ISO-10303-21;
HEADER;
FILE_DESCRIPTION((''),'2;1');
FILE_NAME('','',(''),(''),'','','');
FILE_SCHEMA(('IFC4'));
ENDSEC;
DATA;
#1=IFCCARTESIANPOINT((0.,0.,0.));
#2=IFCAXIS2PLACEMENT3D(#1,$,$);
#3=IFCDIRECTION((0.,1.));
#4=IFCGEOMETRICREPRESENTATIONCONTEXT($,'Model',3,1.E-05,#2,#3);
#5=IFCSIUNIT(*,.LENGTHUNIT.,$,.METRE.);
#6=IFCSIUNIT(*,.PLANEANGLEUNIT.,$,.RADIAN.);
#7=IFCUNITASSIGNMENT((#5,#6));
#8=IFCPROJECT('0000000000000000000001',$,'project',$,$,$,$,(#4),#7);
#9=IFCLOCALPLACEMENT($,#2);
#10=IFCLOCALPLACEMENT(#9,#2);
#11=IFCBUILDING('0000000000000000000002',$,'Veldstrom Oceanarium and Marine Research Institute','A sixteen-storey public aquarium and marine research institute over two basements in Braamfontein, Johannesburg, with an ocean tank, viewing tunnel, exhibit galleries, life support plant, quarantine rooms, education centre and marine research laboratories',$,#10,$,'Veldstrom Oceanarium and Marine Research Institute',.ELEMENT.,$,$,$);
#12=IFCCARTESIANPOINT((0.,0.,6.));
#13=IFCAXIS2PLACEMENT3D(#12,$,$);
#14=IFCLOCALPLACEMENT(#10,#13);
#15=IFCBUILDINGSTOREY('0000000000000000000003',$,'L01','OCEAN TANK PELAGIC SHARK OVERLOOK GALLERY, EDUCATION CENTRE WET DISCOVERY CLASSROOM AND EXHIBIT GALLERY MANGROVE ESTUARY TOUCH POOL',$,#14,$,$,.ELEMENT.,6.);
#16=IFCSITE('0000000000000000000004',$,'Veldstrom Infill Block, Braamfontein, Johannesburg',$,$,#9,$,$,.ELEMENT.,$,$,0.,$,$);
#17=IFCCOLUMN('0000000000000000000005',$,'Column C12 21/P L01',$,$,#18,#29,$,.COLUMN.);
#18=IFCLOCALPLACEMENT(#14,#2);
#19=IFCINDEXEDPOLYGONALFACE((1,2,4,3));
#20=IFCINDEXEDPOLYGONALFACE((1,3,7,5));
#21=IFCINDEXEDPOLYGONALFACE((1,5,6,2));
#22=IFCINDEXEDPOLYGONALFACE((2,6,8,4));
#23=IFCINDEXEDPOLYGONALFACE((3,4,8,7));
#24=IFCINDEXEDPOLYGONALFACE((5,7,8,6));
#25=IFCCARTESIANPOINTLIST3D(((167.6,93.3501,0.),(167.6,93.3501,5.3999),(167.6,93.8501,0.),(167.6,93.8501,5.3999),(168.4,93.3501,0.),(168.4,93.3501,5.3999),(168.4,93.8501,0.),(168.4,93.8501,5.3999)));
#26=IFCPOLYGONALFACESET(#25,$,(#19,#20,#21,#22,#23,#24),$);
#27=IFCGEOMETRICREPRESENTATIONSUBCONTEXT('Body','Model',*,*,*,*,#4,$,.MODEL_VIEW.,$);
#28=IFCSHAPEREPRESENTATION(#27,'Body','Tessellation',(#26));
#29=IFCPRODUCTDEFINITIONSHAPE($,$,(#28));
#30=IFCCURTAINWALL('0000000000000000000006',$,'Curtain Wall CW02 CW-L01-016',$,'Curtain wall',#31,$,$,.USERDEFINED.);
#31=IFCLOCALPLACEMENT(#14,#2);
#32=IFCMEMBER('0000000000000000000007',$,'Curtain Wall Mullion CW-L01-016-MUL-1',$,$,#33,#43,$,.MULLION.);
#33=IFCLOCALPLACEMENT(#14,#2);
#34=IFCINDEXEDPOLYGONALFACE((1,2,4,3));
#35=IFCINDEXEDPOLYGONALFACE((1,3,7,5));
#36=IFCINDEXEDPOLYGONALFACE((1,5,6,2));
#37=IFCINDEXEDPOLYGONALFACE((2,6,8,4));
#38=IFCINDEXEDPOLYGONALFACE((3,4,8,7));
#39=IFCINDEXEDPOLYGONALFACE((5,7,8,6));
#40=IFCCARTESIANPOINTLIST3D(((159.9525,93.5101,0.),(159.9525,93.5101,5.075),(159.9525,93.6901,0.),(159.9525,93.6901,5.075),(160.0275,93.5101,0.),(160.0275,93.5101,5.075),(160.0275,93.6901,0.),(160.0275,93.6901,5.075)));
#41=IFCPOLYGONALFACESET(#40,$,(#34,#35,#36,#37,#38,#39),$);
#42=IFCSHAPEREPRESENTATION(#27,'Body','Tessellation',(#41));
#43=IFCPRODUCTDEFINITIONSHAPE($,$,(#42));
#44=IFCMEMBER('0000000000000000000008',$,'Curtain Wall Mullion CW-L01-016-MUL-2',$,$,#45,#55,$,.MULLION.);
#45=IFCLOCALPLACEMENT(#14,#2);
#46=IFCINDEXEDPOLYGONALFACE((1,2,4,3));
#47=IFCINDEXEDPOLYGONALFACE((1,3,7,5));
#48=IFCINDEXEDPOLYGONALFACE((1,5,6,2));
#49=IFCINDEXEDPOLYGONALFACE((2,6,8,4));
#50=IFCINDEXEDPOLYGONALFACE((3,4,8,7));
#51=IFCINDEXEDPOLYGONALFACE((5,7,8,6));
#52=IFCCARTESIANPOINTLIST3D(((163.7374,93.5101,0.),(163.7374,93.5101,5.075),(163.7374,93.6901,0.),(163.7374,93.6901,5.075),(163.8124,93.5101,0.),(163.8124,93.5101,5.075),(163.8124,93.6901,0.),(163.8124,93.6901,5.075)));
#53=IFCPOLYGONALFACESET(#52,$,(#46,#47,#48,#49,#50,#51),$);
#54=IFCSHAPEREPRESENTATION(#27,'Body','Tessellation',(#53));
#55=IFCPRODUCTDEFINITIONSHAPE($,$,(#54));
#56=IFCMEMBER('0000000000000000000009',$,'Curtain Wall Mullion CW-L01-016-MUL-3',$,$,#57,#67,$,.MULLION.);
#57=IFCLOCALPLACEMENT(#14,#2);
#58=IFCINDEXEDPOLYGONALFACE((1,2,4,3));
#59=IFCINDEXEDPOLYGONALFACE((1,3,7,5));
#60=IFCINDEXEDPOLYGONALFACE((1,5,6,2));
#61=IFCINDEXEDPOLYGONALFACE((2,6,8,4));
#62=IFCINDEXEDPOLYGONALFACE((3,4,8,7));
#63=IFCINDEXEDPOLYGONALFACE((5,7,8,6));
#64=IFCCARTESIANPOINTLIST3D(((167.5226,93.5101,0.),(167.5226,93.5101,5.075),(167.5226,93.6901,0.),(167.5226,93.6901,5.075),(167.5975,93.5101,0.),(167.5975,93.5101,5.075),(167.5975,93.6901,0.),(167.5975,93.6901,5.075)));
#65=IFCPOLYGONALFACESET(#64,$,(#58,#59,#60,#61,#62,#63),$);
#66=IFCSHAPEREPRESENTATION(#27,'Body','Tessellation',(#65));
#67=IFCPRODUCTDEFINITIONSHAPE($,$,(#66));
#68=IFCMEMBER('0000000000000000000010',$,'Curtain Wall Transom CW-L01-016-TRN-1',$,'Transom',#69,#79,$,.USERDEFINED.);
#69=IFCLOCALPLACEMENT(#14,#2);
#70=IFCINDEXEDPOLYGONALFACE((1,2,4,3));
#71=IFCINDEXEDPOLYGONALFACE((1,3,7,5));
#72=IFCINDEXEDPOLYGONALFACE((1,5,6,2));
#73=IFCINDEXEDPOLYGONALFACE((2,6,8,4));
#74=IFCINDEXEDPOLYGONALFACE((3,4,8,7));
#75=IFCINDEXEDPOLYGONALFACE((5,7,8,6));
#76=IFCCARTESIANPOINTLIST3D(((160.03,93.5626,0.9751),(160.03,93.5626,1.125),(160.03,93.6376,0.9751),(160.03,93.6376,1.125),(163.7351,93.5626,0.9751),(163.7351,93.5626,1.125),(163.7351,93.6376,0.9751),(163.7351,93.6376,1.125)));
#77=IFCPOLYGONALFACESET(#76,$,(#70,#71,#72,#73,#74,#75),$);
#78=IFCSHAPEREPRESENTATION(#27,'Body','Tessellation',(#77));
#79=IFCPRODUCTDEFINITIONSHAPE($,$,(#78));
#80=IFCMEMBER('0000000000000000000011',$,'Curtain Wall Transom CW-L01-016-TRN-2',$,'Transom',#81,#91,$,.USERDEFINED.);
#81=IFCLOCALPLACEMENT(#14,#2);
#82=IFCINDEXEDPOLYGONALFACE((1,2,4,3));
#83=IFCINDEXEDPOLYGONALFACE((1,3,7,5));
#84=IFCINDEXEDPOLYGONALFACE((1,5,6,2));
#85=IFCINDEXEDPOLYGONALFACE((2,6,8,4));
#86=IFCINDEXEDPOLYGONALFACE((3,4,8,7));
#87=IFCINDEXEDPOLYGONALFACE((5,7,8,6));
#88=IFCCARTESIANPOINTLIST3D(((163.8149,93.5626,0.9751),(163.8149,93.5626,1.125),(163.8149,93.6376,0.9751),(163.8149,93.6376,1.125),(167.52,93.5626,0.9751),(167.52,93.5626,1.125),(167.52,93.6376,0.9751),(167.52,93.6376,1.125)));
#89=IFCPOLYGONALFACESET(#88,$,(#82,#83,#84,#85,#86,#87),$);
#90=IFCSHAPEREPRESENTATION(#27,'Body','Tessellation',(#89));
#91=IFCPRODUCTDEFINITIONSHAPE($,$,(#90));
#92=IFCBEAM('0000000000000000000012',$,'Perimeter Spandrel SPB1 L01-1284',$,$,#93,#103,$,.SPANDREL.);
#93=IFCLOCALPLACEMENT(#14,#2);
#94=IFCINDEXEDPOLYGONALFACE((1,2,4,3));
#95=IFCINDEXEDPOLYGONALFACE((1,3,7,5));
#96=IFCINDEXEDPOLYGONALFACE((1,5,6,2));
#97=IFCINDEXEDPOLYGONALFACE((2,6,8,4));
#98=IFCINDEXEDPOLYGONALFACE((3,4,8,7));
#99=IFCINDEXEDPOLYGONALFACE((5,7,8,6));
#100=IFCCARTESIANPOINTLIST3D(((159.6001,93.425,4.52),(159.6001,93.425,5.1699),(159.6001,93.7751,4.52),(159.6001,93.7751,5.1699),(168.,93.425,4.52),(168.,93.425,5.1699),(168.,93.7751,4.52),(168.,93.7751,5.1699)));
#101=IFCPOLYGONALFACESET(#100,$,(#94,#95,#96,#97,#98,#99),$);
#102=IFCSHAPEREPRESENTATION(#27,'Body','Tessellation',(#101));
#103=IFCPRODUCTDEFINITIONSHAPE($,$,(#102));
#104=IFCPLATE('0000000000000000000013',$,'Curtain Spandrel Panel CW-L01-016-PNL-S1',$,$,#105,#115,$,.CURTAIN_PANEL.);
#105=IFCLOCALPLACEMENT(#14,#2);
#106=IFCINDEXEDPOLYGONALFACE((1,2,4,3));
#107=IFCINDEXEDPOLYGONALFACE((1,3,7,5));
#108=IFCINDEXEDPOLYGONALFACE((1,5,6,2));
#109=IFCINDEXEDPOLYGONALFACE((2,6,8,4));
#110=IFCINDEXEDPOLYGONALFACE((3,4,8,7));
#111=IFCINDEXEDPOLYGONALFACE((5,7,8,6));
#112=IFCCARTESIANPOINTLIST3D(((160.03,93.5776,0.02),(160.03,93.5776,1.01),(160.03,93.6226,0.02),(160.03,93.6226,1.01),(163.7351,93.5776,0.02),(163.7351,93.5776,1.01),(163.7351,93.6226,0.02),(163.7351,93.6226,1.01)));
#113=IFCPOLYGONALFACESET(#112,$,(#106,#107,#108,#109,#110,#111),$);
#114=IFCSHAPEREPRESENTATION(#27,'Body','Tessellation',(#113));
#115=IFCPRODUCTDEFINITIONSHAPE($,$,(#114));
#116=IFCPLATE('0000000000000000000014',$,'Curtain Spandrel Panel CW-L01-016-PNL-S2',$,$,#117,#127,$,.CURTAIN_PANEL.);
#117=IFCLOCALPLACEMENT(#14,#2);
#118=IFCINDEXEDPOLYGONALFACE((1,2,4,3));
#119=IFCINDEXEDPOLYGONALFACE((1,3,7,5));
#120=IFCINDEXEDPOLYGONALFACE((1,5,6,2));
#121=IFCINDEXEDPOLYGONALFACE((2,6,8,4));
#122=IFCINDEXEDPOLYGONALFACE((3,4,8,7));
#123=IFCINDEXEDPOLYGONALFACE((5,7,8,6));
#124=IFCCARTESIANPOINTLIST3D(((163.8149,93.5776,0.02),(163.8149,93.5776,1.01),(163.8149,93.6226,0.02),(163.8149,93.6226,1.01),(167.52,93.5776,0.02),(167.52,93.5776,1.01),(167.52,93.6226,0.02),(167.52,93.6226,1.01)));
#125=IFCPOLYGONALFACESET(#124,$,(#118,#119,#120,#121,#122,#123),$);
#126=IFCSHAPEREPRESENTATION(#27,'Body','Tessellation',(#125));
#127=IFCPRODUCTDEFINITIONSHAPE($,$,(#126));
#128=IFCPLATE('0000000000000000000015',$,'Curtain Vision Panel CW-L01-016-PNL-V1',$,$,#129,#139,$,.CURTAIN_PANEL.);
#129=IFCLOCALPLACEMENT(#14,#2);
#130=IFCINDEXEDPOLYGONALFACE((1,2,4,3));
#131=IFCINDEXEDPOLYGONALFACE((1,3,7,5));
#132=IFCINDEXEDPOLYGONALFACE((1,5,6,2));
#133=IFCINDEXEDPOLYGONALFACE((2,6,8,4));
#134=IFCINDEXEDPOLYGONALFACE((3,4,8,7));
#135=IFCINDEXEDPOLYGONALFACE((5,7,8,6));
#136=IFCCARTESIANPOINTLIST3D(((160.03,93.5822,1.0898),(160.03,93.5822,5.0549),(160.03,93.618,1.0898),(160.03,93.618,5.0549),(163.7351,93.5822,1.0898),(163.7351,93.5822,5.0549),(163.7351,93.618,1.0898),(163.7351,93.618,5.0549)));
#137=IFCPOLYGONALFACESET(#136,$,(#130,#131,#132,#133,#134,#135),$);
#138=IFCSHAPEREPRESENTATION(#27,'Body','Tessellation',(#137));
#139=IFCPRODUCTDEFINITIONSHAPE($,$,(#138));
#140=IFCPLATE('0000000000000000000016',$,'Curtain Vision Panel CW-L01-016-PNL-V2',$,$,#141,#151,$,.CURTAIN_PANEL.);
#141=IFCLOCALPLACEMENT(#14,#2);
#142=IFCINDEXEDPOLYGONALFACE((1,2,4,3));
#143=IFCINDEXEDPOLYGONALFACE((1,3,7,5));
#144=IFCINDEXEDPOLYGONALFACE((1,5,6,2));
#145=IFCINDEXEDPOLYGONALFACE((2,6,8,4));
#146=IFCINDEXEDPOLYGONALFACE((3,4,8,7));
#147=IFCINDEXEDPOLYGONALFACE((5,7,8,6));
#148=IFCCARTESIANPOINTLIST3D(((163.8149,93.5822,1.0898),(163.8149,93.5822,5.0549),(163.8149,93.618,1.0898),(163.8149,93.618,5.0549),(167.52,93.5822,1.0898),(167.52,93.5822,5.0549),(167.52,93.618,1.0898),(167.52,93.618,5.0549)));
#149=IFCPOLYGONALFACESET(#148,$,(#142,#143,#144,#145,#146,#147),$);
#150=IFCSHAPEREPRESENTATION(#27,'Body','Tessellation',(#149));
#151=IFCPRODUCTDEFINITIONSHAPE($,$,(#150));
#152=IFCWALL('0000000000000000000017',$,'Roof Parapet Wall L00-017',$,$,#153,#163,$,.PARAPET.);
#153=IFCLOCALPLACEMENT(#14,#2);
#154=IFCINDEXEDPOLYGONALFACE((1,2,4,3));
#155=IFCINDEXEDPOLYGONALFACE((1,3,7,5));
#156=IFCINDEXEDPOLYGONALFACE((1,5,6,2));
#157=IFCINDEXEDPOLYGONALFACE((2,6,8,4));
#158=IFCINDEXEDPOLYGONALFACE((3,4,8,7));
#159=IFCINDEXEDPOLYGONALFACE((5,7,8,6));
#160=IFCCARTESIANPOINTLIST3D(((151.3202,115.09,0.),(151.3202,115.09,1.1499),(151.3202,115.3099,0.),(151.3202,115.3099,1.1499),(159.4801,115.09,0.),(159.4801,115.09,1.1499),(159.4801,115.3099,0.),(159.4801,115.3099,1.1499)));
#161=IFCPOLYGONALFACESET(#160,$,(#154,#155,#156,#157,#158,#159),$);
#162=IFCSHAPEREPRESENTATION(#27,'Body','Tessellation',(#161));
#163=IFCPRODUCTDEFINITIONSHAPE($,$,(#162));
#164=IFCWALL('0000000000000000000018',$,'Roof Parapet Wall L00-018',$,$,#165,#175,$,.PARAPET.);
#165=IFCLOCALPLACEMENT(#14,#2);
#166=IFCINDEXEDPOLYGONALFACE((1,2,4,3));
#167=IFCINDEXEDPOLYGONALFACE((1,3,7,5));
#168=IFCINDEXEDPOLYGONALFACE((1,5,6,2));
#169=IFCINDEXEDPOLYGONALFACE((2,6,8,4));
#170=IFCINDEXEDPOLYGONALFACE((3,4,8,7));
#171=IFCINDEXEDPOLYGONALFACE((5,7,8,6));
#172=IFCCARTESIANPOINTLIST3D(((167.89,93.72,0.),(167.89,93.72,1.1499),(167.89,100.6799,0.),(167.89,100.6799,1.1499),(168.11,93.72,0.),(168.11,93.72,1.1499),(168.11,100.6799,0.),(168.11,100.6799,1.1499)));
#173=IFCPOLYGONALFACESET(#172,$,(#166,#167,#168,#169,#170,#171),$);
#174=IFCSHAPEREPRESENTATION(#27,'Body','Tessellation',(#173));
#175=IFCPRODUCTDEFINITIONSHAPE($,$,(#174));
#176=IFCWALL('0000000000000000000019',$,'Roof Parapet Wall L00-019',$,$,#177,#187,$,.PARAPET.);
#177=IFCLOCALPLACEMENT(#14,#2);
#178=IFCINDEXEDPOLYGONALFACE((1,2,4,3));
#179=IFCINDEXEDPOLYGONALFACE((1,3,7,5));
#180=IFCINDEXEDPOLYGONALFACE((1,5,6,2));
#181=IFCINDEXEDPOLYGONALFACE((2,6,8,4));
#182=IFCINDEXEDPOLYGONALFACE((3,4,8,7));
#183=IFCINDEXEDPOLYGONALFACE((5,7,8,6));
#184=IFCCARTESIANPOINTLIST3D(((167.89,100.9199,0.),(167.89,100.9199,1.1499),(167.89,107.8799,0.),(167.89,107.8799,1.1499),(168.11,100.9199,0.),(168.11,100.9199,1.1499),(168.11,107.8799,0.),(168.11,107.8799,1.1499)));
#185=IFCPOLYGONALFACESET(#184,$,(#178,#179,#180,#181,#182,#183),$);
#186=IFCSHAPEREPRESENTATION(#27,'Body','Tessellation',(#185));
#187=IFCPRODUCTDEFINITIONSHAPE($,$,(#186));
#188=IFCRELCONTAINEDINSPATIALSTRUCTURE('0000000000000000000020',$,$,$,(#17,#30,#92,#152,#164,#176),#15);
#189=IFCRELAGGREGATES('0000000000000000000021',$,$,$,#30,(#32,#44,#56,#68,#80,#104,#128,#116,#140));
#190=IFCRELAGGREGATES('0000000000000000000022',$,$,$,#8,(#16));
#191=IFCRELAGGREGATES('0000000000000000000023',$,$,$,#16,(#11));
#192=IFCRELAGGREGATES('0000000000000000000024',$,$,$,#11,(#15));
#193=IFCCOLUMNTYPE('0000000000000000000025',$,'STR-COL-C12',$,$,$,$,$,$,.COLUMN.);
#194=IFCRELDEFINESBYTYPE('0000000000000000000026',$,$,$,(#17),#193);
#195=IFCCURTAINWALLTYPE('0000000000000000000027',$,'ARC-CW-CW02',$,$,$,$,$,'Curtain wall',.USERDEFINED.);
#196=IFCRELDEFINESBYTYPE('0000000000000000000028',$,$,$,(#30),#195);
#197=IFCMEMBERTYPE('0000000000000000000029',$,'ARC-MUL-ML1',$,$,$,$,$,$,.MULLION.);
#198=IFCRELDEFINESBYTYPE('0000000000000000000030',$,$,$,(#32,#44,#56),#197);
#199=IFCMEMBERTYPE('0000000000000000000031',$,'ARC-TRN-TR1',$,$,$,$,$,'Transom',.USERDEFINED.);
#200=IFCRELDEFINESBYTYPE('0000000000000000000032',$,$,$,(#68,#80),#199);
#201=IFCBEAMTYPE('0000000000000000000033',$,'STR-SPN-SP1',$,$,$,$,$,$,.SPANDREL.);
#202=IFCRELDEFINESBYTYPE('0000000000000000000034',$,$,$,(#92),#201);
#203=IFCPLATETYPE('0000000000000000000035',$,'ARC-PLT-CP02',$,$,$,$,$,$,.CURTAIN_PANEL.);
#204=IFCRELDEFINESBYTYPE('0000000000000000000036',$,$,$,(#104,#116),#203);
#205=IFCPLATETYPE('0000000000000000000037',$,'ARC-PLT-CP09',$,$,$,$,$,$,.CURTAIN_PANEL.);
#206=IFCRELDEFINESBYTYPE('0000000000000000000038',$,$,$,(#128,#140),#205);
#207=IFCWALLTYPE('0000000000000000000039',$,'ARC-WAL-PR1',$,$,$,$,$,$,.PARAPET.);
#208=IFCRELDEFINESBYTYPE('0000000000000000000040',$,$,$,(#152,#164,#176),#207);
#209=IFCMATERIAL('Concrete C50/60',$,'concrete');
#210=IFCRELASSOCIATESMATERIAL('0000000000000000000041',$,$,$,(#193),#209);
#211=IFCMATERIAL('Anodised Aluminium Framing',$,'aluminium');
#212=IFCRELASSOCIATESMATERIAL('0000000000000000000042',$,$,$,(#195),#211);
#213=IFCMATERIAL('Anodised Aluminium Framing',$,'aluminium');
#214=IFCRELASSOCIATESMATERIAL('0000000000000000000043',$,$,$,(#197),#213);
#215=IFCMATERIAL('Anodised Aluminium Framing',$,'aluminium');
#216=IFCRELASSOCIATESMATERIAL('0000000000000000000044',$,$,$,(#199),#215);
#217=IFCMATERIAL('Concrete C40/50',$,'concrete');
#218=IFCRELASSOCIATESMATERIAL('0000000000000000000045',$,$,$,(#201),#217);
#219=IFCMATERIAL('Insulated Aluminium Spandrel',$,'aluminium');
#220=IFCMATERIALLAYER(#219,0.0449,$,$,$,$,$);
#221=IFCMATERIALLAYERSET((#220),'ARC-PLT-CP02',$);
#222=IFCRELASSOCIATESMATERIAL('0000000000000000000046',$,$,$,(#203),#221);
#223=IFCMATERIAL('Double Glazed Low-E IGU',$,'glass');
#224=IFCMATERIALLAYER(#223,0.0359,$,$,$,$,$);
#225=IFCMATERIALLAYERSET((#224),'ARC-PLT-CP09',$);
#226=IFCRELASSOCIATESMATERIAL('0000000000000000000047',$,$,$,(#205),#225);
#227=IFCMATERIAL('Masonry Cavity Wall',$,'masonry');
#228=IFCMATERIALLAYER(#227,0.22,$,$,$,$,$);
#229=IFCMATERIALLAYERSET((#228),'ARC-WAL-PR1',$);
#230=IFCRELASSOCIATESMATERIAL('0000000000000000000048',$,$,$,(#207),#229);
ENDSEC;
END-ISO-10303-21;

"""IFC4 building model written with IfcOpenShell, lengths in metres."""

from ifc_helpers import new_model, si_unit, direction, frame, frame_2d, origin, origin_2d, place, context, subcontext, project, spatial, rectangle, extrude, material, layer, layer_set, material_profile, profile_set, type_object, element, aggregate, save


model = new_model("IFC4")

# Units and contexts
model_context = context("Model", 3, precision=1e-05, world=origin(), true_north=direction((0.0, 1.0)))
body_context = subcontext(model_context, "Body", "Model", "MODEL_VIEW")
ifc_project = project(units=[si_unit("LENGTHUNIT", "METRE"), si_unit("PLANEANGLEUNIT", "RADIAN")], contexts=[model_context])

# Site, building, storey
site_placement = place(None, origin())
site = spatial("IfcSite", under=ifc_project, at=site_placement, Name="Veldstrom Infill Block, Braamfontein, Johannesburg", CompositionType="ELEMENT", RefElevation=0.0)
building_placement = place(site_placement, origin())
building = spatial("IfcBuilding", under=site, at=building_placement, Name="Veldstrom Oceanarium and Marine Research Institute", Description="A sixteen-storey public aquarium and marine research institute over two basements in Braamfontein, Johannesburg, with an ocean tank, viewing tunnel, exhibit galleries, life support plant, quarantine rooms, education centre and marine research laboratories", LongName="Veldstrom Oceanarium and Marine Research Institute", CompositionType="ELEMENT")
storey_placement = place(building_placement, frame((0.0, 0.0, 6.0)))
storey = spatial("IfcBuildingStorey", under=building, at=storey_placement, Name="L01", Description="OCEAN TANK PELAGIC SHARK OVERLOOK GALLERY, EDUCATION CENTRE WET DISCOVERY CLASSROOM AND EXHIBIT GALLERY MANGROVE ESTUARY TOUCH POOL", CompositionType="ELEMENT", Elevation=6.0)

# Column
ifc_material_1 = material(Name="Concrete C50/60", Category="concrete")
ifc_material_profile_1 = material_profile(ifc_material_1, rectangle(XDim=0.5, YDim=0.8, at=origin_2d()), Name="RC-COL-800x500")
ifc_profile_set_1 = profile_set([ifc_material_profile_1], Name="Concrete C50/60")
column_type = type_object("IfcColumnType", Name="STR-COL-C12", PredefinedType="COLUMN", material=ifc_profile_set_1)
column_placement = place(storey_placement, frame((168.0, 93.6001, 0.0), z_axis=(0.0, 0.0, 1.0), x_axis=(0.0, 1.0, 0.0)))
element("IfcColumn", 1, at=column_placement, inside=storey, type_object=column_type, Name="Column C12 21/P L01", PredefinedType="COLUMN", context=body_context, shape_type="SweptSolid", body=[
    extrude(rectangle(XDim=0.5, YDim=0.8, at=origin_2d()), origin(), (0.0, 0.0, 1.0), 5.3999),
])

# Curtain wall, members
ifc_material_2 = material(Name="Anodised Aluminium Framing", Category="aluminium")
curtain_wall_type = type_object("IfcCurtainWallType", Name="ARC-CW-CW02", ElementType="Curtain wall", PredefinedType="USERDEFINED", material=ifc_material_2)
curtain_wall_placement = place(storey_placement, origin())
curtain_wall = element("IfcCurtainWall", 2, at=curtain_wall_placement, inside=storey, type_object=curtain_wall_type, Name="Curtain Wall CW02 CW-L01-016", ObjectType="Curtain wall", PredefinedType="USERDEFINED")
ifc_material_3 = material(Name="Anodised Aluminium Framing", Category="aluminium")
ifc_material_profile_2 = material_profile(ifc_material_3, rectangle(XDim=0.075, YDim=0.1799, at=origin_2d()), Name="ALU-MUL-75x180")
ifc_profile_set_2 = profile_set([ifc_material_profile_2], Name="Anodised Aluminium Framing")
member_type_1 = type_object("IfcMemberType", Name="ARC-MUL-ML1", PredefinedType="MULLION", material=ifc_profile_set_2)
member_1_placement = place(storey_placement, frame((159.99, 93.6001, 0.0), z_axis=(0.0, 0.0, 1.0), x_axis=(1.0, 0.0, 0.0)))
member_1 = element("IfcMember", 3, at=member_1_placement, type_object=member_type_1, Name="Curtain Wall Mullion CW-L01-016-MUL-1", PredefinedType="MULLION", context=body_context, shape_type="SweptSolid", body=[
    extrude(rectangle(XDim=0.075, YDim=0.1799, at=origin_2d()), origin(), (0.0, 0.0, 1.0), 5.075),
])
member_2_placement = place(storey_placement, frame((163.7749, 93.6001, 0.0), z_axis=(0.0, 0.0, 1.0), x_axis=(1.0, 0.0, 0.0)))
member_2 = element("IfcMember", 4, at=member_2_placement, type_object=member_type_1, Name="Curtain Wall Mullion CW-L01-016-MUL-2", PredefinedType="MULLION", context=body_context, shape_type="SweptSolid", body=[
    extrude(rectangle(XDim=0.075, YDim=0.1799, at=origin_2d()), origin(), (0.0, 0.0, 1.0), 5.075),
])
member_3_placement = place(storey_placement, frame((167.5601, 93.6001, 0.0), z_axis=(0.0, 0.0, 1.0), x_axis=(1.0, 0.0, 0.0)))
member_3 = element("IfcMember", 5, at=member_3_placement, type_object=member_type_1, Name="Curtain Wall Mullion CW-L01-016-MUL-3", PredefinedType="MULLION", context=body_context, shape_type="SweptSolid", body=[
    extrude(rectangle(XDim=0.075, YDim=0.1799, at=origin_2d()), origin(), (0.0, 0.0, 1.0), 5.075),
])
ifc_material_4 = material(Name="Anodised Aluminium Framing", Category="aluminium")
ifc_material_profile_3 = material_profile(ifc_material_4, rectangle(XDim=0.075, YDim=0.1499, at=origin_2d()), Name="ALU-TRN-75x150")
ifc_profile_set_3 = profile_set([ifc_material_profile_3], Name="Anodised Aluminium Framing")
member_type_2 = type_object("IfcMemberType", Name="ARC-TRN-TR1", ElementType="Transom", PredefinedType="USERDEFINED", material=ifc_profile_set_3)
member_4_placement = place(storey_placement, frame((160.03, 93.6001, 1.05), z_axis=(1.0, 0.0, 0.0), x_axis=(0.0, 1.0, 0.0)))
member_4 = element("IfcMember", 6, at=member_4_placement, type_object=member_type_2, Name="Curtain Wall Transom CW-L01-016-TRN-1", ObjectType="Transom", PredefinedType="USERDEFINED", context=body_context, shape_type="SweptSolid", body=[
    extrude(rectangle(XDim=0.075, YDim=0.1499, at=origin_2d()), origin(), (0.0, 0.0, 1.0), 3.7051),
])
member_5_placement = place(storey_placement, frame((163.8149, 93.6001, 1.05), z_axis=(1.0, 0.0, 0.0), x_axis=(0.0, 1.0, 0.0)))
member_5 = element("IfcMember", 7, at=member_5_placement, type_object=member_type_2, Name="Curtain Wall Transom CW-L01-016-TRN-2", ObjectType="Transom", PredefinedType="USERDEFINED", context=body_context, shape_type="SweptSolid", body=[
    extrude(rectangle(XDim=0.075, YDim=0.1499, at=origin_2d()), origin(), (0.0, 0.0, 1.0), 3.7051),
])

# Beam
ifc_material_5 = material(Name="Concrete C40/50", Category="concrete")
ifc_material_profile_4 = material_profile(ifc_material_5, rectangle(XDim=0.3501, YDim=0.6499, at=origin_2d()), Name="RC-SPN-350x650")
ifc_profile_set_4 = profile_set([ifc_material_profile_4], Name="Concrete C40/50")
beam_type = type_object("IfcBeamType", Name="STR-SPN-SP1", PredefinedType="SPANDREL", material=ifc_profile_set_4)
beam_placement = place(storey_placement, frame((159.6001, 93.6001, 4.845), z_axis=(1.0, 0.0, 0.0), x_axis=(0.0, 1.0, 0.0)))
element("IfcBeam", 8, at=beam_placement, inside=storey, type_object=beam_type, Name="Perimeter Spandrel SPB1 L01-1284", PredefinedType="SPANDREL", context=body_context, shape_type="SweptSolid", body=[
    extrude(rectangle(XDim=0.3501, YDim=0.6499, at=origin_2d()), origin(), (0.0, 0.0, 1.0), 8.3999),
])

# Plates
ifc_material_6 = material(Name="Insulated Aluminium Spandrel", Category="aluminium")
ifc_layer_1 = layer(ifc_material_6, 0.0449)
ifc_layer_set_1 = layer_set([ifc_layer_1], Name="ARC-PLT-CP02")
plate_type_1 = type_object("IfcPlateType", Name="ARC-PLT-CP02", PredefinedType="CURTAIN_PANEL", material=ifc_layer_set_1)
plate_1_placement = place(storey_placement, frame((161.8826, 93.6001, 0.02), z_axis=(0.0, 0.0, 1.0), x_axis=(1.0, 0.0, 0.0)))
plate_1 = element("IfcPlate", 9, at=plate_1_placement, type_object=plate_type_1, Name="Curtain Spandrel Panel CW-L01-016-PNL-S1", PredefinedType="CURTAIN_PANEL", context=body_context, shape_type="SweptSolid", body=[
    extrude(rectangle(XDim=3.7051, YDim=0.0449, at=origin_2d()), origin(), (0.0, 0.0, 1.0), 0.99),
])
plate_2_placement = place(storey_placement, frame((165.6675, 93.6001, 0.02), z_axis=(0.0, 0.0, 1.0), x_axis=(1.0, 0.0, 0.0)))
plate_2 = element("IfcPlate", 10, at=plate_2_placement, type_object=plate_type_1, Name="Curtain Spandrel Panel CW-L01-016-PNL-S2", PredefinedType="CURTAIN_PANEL", context=body_context, shape_type="SweptSolid", body=[
    extrude(rectangle(XDim=3.7051, YDim=0.0449, at=origin_2d()), origin(), (0.0, 0.0, 1.0), 0.99),
])
ifc_material_7 = material(Name="Double Glazed Low-E IGU", Category="glass")
ifc_layer_2 = layer(ifc_material_7, 0.0359)
ifc_layer_set_2 = layer_set([ifc_layer_2], Name="ARC-PLT-CP09")
plate_type_2 = type_object("IfcPlateType", Name="ARC-PLT-CP09", PredefinedType="CURTAIN_PANEL", material=ifc_layer_set_2)
plate_3_placement = place(storey_placement, frame((161.8826, 93.6001, 1.0898), z_axis=(0.0, 0.0, 1.0), x_axis=(1.0, 0.0, 0.0)))
plate_3 = element("IfcPlate", 11, at=plate_3_placement, type_object=plate_type_2, Name="Curtain Vision Panel CW-L01-016-PNL-V1", PredefinedType="CURTAIN_PANEL", context=body_context, shape_type="SweptSolid", body=[
    extrude(rectangle(XDim=3.7051, YDim=0.0359, at=origin_2d()), origin(), (0.0, 0.0, 1.0), 3.9651),
])
plate_4_placement = place(storey_placement, frame((165.6675, 93.6001, 1.0898), z_axis=(0.0, 0.0, 1.0), x_axis=(1.0, 0.0, 0.0)))
plate_4 = element("IfcPlate", 12, at=plate_4_placement, type_object=plate_type_2, Name="Curtain Vision Panel CW-L01-016-PNL-V2", PredefinedType="CURTAIN_PANEL", context=body_context, shape_type="SweptSolid", body=[
    extrude(rectangle(XDim=3.7051, YDim=0.0359, at=origin_2d()), origin(), (0.0, 0.0, 1.0), 3.9651),
])
aggregate(curtain_wall, [member_1, member_2, member_3, member_4, member_5, plate_1, plate_3, plate_2, plate_4])

# Walls
ifc_material_8 = material(Name="Masonry Cavity Wall", Category="masonry")
ifc_layer_3 = layer(ifc_material_8, 0.22)
ifc_layer_set_3 = layer_set([ifc_layer_3], Name="ARC-WAL-PR1")
wall_type = type_object("IfcWallType", Name="ARC-WAL-PR1", PredefinedType="PARAPET", material=ifc_layer_set_3)
wall_1_placement = place(storey_placement, frame((151.3201, 115.2, 0.0), z_axis=(0.0, 0.0, 1.0), x_axis=(1.0, 0.0, 0.0)))
element("IfcWall", 13, at=wall_1_placement, inside=storey, type_object=wall_type, Name="Roof Parapet Wall L00-017", PredefinedType="PARAPET", context=body_context, shape_type="SweptSolid", body=[
    extrude(rectangle(XDim=8.1599, YDim=0.22, at=frame_2d((4.0801, 0.0))), origin(), (0.0, 0.0, 1.0), 1.1499),
])
for number, where, z_axis, x_axis, name in (
    (14, (168.0, 93.72, 0.0), (0.0, 0.0, 1.0), (0.0, 1.0, 0.0), "Roof Parapet Wall L00-018"),
    (15, (168.0, 100.9199, 0.0), (0.0, 0.0, 1.0), (0.0, 1.0, 0.0), "Roof Parapet Wall L00-019"),
):
    element("IfcWall", number, at=place(storey_placement, frame(where, z_axis=z_axis, x_axis=x_axis)), inside=storey, type_object=wall_type, Name=name, PredefinedType="PARAPET", context=body_context, shape_type="SweptSolid", body=[
        extrude(rectangle(XDim=6.96, YDim=0.22, at=frame_2d((3.48, 0.0))), origin(), (0.0, 0.0, 1.0), 1.1499),
    ])

save(model, "model.ifc")
